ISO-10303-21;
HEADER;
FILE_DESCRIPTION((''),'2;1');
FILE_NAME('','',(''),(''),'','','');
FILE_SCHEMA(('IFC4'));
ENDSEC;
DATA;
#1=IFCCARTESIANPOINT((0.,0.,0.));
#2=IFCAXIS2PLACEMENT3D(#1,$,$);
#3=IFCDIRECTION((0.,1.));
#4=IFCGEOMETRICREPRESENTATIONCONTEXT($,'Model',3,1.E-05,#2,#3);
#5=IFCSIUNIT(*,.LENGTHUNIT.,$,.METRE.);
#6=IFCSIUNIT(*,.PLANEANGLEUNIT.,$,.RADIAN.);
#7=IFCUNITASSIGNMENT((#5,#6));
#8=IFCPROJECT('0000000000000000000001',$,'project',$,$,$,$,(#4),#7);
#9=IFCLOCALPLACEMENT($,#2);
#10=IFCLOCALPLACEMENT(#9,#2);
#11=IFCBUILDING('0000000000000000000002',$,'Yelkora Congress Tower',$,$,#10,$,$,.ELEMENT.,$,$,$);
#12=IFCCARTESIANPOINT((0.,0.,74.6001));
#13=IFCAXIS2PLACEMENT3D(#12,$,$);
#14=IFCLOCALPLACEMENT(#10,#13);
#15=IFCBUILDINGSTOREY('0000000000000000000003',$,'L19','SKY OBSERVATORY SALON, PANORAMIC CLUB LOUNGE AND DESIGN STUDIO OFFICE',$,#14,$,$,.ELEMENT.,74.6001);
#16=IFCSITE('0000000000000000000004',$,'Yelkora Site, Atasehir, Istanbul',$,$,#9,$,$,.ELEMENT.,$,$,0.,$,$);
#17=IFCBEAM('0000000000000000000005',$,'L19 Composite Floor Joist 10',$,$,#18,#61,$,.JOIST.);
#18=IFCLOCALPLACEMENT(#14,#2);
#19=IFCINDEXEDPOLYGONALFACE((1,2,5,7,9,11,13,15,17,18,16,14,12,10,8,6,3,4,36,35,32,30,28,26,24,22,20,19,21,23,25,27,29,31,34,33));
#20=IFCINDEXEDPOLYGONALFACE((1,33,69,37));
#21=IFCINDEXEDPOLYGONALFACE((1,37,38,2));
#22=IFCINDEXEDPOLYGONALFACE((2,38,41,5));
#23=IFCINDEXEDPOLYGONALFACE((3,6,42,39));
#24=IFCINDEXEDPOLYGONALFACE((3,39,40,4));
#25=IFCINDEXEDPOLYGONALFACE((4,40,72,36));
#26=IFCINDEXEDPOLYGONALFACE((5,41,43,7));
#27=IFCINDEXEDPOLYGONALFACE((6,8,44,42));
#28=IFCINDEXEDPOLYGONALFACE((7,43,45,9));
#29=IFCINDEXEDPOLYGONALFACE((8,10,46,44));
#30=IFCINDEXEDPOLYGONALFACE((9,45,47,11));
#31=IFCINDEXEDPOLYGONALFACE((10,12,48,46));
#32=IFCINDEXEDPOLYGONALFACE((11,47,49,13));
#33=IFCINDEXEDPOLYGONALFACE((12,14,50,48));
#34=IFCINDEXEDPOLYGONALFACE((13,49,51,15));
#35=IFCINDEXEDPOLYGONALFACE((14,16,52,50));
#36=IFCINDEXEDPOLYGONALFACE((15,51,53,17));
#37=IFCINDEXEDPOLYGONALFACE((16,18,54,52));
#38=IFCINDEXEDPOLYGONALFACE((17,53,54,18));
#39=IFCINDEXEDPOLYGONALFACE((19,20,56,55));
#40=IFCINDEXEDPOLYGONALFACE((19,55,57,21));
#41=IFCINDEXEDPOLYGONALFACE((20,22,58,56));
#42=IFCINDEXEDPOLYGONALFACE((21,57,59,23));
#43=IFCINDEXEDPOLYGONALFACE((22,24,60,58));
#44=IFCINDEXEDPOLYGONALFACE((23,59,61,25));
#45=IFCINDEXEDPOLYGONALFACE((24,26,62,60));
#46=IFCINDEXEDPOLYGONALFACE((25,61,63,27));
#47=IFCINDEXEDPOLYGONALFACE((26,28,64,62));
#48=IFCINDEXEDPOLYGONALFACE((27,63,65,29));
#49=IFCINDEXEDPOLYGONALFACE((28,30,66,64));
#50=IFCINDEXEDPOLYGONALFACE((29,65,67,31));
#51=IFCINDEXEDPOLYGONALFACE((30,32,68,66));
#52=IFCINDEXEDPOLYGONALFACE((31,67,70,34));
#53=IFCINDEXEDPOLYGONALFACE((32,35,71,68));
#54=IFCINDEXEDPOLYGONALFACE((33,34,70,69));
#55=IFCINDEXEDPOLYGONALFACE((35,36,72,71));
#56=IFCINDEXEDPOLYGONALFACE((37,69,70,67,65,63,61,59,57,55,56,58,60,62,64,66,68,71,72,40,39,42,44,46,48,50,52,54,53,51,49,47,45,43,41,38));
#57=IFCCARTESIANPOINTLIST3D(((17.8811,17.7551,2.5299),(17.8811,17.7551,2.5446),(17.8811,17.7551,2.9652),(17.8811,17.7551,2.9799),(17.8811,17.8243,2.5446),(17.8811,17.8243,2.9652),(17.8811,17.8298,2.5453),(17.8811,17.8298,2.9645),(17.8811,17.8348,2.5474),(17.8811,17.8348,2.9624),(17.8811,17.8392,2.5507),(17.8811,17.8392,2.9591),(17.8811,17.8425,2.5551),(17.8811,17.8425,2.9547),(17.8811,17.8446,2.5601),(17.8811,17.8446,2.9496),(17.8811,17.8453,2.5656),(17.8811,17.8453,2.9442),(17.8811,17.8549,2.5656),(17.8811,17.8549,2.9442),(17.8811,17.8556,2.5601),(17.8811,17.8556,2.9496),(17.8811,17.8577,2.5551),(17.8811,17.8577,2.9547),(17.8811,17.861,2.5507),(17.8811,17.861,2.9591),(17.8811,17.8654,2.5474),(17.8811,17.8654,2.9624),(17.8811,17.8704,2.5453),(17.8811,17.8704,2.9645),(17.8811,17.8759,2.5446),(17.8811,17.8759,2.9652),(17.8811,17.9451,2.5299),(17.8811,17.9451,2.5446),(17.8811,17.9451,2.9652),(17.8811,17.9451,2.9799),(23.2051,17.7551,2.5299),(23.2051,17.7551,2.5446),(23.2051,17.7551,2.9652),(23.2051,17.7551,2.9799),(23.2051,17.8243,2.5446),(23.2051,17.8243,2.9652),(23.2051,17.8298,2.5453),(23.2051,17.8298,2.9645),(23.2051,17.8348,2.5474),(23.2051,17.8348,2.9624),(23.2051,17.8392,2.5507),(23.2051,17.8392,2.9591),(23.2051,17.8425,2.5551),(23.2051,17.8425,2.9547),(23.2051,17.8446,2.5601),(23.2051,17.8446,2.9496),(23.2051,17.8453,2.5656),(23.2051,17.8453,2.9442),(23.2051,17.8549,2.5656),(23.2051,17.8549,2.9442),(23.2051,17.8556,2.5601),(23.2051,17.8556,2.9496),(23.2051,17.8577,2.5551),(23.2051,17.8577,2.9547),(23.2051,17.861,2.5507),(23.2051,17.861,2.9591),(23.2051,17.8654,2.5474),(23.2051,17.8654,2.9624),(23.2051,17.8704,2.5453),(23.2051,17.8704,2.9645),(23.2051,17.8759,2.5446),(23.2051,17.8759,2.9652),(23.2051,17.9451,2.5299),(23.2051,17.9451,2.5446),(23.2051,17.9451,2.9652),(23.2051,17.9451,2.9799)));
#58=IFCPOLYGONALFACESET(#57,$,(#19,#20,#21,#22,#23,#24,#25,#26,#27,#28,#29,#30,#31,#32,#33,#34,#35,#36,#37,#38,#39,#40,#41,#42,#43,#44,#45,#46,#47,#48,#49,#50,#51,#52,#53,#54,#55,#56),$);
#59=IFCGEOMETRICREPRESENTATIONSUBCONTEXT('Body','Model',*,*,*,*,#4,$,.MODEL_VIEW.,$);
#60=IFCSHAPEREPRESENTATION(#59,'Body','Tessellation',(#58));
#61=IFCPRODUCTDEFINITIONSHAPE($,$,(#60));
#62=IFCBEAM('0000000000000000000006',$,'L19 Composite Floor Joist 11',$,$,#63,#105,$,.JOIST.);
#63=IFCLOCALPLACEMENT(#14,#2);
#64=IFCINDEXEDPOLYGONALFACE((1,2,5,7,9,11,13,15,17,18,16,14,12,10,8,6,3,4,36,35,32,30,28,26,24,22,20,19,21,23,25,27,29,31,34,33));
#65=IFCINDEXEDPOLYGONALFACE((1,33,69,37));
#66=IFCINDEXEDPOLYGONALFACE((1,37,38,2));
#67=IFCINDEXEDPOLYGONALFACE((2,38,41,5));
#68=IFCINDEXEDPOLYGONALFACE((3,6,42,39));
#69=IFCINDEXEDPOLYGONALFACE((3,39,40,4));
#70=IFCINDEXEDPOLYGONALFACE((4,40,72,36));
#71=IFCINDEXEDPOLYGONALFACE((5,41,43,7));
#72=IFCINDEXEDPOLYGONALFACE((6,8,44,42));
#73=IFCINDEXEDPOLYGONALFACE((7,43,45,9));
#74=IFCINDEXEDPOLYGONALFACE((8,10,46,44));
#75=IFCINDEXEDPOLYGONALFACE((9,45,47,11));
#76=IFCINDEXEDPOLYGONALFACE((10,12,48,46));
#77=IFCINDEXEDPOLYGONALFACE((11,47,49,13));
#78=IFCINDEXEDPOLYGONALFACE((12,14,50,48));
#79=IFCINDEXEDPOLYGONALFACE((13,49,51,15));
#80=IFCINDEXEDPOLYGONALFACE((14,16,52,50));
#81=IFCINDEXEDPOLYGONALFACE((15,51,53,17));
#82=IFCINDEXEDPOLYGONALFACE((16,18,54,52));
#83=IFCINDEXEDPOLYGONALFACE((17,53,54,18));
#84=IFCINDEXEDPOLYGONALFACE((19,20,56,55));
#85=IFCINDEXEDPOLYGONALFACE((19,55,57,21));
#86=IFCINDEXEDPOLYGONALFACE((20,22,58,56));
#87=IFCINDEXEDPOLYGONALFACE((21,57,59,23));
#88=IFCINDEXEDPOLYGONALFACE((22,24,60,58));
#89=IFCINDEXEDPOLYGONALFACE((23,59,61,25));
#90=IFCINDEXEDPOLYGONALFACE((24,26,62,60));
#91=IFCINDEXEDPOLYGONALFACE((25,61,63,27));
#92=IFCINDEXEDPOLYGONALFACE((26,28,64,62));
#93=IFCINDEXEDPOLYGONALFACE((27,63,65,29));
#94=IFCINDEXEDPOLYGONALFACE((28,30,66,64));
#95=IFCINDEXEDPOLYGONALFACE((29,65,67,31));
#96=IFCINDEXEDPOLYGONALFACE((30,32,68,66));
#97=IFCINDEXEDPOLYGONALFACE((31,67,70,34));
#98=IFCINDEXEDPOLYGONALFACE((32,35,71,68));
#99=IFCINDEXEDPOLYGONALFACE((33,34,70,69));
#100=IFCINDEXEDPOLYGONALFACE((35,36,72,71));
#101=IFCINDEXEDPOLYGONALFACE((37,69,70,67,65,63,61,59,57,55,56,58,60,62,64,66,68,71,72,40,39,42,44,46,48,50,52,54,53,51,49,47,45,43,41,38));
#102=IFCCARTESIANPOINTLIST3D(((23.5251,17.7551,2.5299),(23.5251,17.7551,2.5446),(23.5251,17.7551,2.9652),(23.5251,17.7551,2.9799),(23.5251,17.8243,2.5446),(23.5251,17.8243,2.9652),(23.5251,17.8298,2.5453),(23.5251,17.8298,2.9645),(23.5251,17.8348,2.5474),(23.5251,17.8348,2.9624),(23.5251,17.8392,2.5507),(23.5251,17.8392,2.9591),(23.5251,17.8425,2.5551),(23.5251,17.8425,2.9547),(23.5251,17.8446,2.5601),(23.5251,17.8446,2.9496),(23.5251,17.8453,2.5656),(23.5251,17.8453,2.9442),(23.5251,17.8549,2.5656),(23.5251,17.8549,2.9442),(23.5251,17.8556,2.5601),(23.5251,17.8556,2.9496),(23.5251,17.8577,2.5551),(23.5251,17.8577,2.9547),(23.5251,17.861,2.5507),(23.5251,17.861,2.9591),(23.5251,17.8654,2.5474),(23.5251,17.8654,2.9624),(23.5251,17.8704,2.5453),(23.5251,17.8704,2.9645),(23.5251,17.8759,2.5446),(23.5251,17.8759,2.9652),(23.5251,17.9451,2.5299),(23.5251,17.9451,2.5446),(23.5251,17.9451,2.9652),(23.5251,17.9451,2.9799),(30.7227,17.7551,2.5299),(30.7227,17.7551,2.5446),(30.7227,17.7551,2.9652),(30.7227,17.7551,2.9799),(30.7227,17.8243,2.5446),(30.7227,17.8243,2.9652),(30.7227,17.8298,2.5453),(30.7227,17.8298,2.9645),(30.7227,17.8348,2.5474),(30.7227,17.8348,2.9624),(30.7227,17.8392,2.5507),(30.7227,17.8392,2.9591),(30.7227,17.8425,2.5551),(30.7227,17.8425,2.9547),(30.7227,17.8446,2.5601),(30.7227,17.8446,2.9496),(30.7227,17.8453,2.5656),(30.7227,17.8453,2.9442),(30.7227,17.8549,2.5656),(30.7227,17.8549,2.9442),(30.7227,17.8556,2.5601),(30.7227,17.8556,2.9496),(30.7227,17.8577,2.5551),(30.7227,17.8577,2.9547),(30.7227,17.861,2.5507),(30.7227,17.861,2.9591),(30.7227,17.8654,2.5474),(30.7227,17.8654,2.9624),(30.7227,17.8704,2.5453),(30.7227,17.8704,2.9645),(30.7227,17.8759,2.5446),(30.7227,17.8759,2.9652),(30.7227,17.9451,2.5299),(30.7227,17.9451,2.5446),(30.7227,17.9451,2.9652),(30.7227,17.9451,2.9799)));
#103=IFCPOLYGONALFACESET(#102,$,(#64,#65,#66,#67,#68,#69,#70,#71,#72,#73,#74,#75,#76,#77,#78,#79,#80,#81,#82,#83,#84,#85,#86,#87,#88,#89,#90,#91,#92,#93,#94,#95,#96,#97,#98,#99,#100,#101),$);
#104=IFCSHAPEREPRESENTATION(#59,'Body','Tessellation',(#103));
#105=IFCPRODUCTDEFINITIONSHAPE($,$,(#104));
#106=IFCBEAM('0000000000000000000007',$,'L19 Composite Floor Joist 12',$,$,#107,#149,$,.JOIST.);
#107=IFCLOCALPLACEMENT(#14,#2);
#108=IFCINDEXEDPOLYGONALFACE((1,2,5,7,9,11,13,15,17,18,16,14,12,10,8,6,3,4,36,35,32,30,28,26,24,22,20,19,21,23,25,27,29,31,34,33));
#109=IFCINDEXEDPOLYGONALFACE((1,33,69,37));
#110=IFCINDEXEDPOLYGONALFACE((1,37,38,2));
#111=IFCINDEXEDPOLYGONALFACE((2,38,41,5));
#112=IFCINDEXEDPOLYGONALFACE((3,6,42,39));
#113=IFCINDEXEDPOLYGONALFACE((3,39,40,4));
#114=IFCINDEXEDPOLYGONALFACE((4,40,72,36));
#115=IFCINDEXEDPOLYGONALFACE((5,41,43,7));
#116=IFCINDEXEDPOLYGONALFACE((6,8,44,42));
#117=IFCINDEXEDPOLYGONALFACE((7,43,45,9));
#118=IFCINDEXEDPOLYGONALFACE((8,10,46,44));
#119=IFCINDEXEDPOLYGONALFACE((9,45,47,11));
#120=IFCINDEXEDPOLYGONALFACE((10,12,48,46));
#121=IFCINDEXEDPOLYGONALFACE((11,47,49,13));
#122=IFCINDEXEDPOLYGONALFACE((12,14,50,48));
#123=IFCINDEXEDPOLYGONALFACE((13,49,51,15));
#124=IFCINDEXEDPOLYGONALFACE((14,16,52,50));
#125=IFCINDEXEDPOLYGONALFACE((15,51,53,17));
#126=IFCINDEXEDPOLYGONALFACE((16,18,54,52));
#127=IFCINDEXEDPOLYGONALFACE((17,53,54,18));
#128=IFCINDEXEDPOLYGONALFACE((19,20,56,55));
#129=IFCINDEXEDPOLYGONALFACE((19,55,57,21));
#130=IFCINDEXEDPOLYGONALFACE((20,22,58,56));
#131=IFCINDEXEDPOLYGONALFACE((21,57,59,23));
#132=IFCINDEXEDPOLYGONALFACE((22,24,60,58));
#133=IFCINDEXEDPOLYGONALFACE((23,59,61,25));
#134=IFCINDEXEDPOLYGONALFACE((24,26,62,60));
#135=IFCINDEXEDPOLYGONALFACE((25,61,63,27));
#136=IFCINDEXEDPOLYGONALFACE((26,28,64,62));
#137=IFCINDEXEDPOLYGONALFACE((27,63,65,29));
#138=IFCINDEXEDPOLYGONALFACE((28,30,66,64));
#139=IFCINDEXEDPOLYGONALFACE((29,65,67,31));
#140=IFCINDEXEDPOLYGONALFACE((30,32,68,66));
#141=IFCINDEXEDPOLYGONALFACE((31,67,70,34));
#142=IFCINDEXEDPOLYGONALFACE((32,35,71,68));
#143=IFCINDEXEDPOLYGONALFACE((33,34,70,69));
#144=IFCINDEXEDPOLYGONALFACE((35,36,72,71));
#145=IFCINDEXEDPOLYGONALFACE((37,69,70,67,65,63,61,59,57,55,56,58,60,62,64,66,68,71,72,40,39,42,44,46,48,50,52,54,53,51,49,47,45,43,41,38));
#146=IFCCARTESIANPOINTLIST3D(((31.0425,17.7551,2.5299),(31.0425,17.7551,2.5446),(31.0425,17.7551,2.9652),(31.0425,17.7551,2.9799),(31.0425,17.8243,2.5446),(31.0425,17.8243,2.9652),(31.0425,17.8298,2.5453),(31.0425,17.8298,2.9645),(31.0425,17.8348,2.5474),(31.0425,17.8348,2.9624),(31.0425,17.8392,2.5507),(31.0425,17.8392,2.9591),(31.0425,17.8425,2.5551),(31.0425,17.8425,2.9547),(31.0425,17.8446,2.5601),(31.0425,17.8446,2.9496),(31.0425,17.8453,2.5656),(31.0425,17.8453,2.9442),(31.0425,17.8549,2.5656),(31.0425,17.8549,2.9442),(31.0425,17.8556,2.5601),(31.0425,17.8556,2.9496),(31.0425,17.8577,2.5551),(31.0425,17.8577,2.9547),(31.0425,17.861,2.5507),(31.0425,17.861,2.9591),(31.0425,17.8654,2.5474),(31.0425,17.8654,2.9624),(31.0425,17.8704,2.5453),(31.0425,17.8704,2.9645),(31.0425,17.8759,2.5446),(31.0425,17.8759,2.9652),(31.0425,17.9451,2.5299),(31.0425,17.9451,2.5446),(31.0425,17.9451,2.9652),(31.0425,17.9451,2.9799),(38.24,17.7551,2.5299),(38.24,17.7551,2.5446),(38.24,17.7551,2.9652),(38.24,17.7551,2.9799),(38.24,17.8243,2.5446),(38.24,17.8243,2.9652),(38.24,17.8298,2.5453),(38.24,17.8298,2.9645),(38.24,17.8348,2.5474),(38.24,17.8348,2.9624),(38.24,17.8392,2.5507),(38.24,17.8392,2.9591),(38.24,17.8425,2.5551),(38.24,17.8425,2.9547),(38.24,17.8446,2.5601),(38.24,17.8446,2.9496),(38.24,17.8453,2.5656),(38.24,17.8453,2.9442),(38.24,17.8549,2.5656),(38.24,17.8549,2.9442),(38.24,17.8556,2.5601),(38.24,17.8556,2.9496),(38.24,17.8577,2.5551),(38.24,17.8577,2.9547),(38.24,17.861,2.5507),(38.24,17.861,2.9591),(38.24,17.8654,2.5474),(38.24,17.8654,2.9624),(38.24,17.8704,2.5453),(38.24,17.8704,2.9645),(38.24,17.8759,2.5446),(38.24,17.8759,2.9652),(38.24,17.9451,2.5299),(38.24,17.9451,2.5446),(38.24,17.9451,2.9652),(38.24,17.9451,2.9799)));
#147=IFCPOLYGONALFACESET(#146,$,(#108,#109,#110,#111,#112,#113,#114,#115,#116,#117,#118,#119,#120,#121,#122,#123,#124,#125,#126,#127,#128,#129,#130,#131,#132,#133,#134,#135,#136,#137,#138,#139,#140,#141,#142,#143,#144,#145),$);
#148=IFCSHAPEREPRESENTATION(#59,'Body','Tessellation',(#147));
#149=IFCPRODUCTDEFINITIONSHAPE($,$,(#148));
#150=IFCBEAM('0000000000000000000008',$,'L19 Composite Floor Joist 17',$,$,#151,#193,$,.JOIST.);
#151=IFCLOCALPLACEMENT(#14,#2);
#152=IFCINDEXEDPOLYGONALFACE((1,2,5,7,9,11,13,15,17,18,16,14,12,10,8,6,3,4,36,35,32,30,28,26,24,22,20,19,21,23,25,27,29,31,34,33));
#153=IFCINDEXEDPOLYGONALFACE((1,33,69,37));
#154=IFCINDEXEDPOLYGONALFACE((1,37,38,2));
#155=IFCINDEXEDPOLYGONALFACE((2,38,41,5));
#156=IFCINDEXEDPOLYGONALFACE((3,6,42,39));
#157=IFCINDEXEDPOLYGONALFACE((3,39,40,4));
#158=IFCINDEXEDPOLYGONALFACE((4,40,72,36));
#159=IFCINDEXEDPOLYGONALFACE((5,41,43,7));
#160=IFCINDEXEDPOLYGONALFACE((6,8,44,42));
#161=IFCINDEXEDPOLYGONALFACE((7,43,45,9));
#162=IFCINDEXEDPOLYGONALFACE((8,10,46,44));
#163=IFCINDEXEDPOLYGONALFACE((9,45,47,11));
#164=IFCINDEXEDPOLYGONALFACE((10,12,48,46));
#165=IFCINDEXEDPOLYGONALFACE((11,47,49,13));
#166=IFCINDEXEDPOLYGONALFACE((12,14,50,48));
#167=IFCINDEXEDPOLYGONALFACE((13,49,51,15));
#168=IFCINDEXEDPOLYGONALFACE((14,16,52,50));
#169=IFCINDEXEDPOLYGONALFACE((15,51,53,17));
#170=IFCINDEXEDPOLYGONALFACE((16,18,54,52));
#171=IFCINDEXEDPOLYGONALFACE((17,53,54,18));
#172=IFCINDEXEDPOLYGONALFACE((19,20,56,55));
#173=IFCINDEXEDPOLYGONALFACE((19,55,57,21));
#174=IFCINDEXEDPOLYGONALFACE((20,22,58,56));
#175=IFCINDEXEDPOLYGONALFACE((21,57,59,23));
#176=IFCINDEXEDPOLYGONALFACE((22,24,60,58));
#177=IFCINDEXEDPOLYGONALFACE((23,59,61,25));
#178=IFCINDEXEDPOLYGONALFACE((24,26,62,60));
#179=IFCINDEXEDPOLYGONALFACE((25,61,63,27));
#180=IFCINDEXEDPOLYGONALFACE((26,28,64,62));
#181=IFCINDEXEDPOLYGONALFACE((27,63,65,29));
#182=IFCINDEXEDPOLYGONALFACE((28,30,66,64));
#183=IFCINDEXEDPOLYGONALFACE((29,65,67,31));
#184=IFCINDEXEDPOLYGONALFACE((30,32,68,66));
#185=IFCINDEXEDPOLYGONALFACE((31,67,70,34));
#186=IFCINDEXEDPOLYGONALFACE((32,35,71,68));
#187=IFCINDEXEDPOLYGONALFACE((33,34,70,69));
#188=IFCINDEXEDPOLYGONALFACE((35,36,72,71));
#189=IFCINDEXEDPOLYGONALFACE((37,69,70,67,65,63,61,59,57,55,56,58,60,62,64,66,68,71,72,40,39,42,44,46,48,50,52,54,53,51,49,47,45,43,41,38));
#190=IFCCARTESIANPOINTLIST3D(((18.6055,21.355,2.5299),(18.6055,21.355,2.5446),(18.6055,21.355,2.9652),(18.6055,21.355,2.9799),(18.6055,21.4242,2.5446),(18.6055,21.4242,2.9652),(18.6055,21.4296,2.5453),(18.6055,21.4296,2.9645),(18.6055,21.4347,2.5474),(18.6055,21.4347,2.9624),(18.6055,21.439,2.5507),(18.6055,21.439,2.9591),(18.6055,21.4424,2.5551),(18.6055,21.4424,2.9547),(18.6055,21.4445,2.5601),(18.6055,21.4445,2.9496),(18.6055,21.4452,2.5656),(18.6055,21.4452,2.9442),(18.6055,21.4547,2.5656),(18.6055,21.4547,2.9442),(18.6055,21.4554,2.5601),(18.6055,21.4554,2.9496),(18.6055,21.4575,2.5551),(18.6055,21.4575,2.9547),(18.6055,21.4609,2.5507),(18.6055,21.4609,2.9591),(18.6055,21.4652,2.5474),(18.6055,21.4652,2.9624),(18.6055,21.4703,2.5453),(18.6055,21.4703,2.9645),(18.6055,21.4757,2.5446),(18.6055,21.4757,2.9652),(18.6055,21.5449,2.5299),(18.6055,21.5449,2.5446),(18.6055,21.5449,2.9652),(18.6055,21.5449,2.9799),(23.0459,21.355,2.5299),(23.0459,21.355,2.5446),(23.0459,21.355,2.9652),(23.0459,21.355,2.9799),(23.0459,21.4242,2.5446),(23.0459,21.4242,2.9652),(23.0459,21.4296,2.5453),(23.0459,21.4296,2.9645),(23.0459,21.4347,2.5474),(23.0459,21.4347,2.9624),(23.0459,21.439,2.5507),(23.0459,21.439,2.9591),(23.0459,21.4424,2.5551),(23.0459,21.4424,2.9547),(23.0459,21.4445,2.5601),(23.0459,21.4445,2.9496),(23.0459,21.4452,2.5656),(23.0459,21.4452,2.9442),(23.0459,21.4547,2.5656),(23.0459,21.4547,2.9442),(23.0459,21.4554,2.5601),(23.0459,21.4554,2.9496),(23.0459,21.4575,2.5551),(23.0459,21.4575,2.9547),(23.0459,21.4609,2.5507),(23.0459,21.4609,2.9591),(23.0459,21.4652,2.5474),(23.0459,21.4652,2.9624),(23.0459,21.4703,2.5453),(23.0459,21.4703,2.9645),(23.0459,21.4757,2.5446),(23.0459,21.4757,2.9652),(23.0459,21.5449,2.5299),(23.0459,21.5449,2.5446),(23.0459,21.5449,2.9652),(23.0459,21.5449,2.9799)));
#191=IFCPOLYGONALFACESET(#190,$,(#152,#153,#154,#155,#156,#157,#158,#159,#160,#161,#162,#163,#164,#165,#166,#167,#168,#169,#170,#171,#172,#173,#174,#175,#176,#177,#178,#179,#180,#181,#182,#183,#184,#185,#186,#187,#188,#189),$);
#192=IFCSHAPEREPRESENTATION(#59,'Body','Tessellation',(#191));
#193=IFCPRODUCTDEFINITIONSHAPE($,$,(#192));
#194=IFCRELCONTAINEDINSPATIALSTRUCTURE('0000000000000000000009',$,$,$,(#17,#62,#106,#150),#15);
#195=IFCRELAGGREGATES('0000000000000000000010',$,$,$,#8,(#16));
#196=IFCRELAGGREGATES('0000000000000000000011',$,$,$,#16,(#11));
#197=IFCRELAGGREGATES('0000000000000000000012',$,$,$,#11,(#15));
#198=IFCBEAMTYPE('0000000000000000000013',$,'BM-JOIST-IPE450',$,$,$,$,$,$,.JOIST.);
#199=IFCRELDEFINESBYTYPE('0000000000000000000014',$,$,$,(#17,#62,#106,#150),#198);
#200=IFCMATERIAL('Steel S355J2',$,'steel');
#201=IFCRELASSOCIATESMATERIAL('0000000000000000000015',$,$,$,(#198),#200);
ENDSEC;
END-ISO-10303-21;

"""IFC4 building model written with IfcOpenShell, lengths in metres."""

from ifc_helpers import new_model, si_unit, direction, frame, origin, origin_2d, place, context, subcontext, project, spatial, i_section, extrude, material, material_profile, profile_set, type_object, element, save


model = new_model("IFC4")

# Units and contexts
model_context = context("Model", 3, precision=1e-05, world=origin(), true_north=direction((0.0, 1.0)))
body_context = subcontext(model_context, "Body", "Model", "MODEL_VIEW")
ifc_project = project(units=[si_unit("LENGTHUNIT", "METRE"), si_unit("PLANEANGLEUNIT", "RADIAN")], contexts=[model_context])

# Site, building, storey
site_placement = place(None, origin())
site = spatial("IfcSite", under=ifc_project, at=site_placement, Name="Yelkora Site, Atasehir, Istanbul", CompositionType="ELEMENT", RefElevation=0.0)
building_placement = place(site_placement, origin())
building = spatial("IfcBuilding", under=site, at=building_placement, Name="Yelkora Congress Tower", CompositionType="ELEMENT")
storey_placement = place(building_placement, frame((0.0, 0.0, 74.6001)))
storey = spatial("IfcBuildingStorey", under=building, at=storey_placement, Name="L19", Description="SKY OBSERVATORY SALON, PANORAMIC CLUB LOUNGE AND DESIGN STUDIO OFFICE", CompositionType="ELEMENT", Elevation=74.6001)

# Beams
ifc_material_1 = material(Name="Steel S355J2", Category="steel")
ifc_material_profile_1 = material_profile(ifc_material_1, i_section(OverallWidth=0.1899, OverallDepth=0.45, WebThickness=0.0095, FlangeThickness=0.0146, FilletRadius=0.021, at=origin_2d()), Name="IPE 450")
ifc_profile_set_1 = profile_set([ifc_material_profile_1], Name="Steel S355J2")
beam_type_1 = type_object("IfcBeamType", Name="BM-JOIST-IPE450", PredefinedType="JOIST", material=ifc_profile_set_1)
beam_1_placement = place(storey_placement, frame((17.8811, 17.8501, 2.7549), z_axis=(1.0, 0.0, 0.0), x_axis=(0.0, 1.0, 0.0)))
element("IfcBeam", 1, at=beam_1_placement, inside=storey, type_object=beam_type_1, Name="L19 Composite Floor Joist 10", PredefinedType="JOIST", context=body_context, shape_type="SweptSolid", body=[
    extrude(i_section(OverallWidth=0.1899, OverallDepth=0.45, WebThickness=0.0095, FlangeThickness=0.0146, FilletRadius=0.021, at=origin_2d()), origin(), (0.0, 0.0, 1.0), 5.324),
])
for number, where, z_axis, x_axis, name in (
    (2, (23.5251, 17.8501, 2.7549), (1.0, 0.0, 0.0), (0.0, 1.0, 0.0), "L19 Composite Floor Joist 11"),
    (3, (31.0425, 17.8501, 2.7549), (1.0, 0.0, 0.0), (0.0, 1.0, 0.0), "L19 Composite Floor Joist 12"),
):
    element("IfcBeam", number, at=place(storey_placement, frame(where, z_axis=z_axis, x_axis=x_axis)), inside=storey, type_object=beam_type_1, Name=name, PredefinedType="JOIST", context=body_context, shape_type="SweptSolid", body=[
        extrude(i_section(OverallWidth=0.1899, OverallDepth=0.45, WebThickness=0.0095, FlangeThickness=0.0146, FilletRadius=0.021, at=origin_2d()), origin(), (0.0, 0.0, 1.0), 7.1975),
    ])
beam_2_placement = place(storey_placement, frame((18.6055, 21.45, 2.7549), z_axis=(1.0, 0.0, 0.0), x_axis=(0.0, 1.0, 0.0)))
element("IfcBeam", 4, at=beam_2_placement, inside=storey, type_object=beam_type_1, Name="L19 Composite Floor Joist 17", PredefinedType="JOIST", context=body_context, shape_type="SweptSolid", body=[
    extrude(i_section(OverallWidth=0.1899, OverallDepth=0.45, WebThickness=0.0095, FlangeThickness=0.0146, FilletRadius=0.021, at=origin_2d()), origin(), (0.0, 0.0, 1.0), 4.4404),
])

save(model, "model.ifc")
